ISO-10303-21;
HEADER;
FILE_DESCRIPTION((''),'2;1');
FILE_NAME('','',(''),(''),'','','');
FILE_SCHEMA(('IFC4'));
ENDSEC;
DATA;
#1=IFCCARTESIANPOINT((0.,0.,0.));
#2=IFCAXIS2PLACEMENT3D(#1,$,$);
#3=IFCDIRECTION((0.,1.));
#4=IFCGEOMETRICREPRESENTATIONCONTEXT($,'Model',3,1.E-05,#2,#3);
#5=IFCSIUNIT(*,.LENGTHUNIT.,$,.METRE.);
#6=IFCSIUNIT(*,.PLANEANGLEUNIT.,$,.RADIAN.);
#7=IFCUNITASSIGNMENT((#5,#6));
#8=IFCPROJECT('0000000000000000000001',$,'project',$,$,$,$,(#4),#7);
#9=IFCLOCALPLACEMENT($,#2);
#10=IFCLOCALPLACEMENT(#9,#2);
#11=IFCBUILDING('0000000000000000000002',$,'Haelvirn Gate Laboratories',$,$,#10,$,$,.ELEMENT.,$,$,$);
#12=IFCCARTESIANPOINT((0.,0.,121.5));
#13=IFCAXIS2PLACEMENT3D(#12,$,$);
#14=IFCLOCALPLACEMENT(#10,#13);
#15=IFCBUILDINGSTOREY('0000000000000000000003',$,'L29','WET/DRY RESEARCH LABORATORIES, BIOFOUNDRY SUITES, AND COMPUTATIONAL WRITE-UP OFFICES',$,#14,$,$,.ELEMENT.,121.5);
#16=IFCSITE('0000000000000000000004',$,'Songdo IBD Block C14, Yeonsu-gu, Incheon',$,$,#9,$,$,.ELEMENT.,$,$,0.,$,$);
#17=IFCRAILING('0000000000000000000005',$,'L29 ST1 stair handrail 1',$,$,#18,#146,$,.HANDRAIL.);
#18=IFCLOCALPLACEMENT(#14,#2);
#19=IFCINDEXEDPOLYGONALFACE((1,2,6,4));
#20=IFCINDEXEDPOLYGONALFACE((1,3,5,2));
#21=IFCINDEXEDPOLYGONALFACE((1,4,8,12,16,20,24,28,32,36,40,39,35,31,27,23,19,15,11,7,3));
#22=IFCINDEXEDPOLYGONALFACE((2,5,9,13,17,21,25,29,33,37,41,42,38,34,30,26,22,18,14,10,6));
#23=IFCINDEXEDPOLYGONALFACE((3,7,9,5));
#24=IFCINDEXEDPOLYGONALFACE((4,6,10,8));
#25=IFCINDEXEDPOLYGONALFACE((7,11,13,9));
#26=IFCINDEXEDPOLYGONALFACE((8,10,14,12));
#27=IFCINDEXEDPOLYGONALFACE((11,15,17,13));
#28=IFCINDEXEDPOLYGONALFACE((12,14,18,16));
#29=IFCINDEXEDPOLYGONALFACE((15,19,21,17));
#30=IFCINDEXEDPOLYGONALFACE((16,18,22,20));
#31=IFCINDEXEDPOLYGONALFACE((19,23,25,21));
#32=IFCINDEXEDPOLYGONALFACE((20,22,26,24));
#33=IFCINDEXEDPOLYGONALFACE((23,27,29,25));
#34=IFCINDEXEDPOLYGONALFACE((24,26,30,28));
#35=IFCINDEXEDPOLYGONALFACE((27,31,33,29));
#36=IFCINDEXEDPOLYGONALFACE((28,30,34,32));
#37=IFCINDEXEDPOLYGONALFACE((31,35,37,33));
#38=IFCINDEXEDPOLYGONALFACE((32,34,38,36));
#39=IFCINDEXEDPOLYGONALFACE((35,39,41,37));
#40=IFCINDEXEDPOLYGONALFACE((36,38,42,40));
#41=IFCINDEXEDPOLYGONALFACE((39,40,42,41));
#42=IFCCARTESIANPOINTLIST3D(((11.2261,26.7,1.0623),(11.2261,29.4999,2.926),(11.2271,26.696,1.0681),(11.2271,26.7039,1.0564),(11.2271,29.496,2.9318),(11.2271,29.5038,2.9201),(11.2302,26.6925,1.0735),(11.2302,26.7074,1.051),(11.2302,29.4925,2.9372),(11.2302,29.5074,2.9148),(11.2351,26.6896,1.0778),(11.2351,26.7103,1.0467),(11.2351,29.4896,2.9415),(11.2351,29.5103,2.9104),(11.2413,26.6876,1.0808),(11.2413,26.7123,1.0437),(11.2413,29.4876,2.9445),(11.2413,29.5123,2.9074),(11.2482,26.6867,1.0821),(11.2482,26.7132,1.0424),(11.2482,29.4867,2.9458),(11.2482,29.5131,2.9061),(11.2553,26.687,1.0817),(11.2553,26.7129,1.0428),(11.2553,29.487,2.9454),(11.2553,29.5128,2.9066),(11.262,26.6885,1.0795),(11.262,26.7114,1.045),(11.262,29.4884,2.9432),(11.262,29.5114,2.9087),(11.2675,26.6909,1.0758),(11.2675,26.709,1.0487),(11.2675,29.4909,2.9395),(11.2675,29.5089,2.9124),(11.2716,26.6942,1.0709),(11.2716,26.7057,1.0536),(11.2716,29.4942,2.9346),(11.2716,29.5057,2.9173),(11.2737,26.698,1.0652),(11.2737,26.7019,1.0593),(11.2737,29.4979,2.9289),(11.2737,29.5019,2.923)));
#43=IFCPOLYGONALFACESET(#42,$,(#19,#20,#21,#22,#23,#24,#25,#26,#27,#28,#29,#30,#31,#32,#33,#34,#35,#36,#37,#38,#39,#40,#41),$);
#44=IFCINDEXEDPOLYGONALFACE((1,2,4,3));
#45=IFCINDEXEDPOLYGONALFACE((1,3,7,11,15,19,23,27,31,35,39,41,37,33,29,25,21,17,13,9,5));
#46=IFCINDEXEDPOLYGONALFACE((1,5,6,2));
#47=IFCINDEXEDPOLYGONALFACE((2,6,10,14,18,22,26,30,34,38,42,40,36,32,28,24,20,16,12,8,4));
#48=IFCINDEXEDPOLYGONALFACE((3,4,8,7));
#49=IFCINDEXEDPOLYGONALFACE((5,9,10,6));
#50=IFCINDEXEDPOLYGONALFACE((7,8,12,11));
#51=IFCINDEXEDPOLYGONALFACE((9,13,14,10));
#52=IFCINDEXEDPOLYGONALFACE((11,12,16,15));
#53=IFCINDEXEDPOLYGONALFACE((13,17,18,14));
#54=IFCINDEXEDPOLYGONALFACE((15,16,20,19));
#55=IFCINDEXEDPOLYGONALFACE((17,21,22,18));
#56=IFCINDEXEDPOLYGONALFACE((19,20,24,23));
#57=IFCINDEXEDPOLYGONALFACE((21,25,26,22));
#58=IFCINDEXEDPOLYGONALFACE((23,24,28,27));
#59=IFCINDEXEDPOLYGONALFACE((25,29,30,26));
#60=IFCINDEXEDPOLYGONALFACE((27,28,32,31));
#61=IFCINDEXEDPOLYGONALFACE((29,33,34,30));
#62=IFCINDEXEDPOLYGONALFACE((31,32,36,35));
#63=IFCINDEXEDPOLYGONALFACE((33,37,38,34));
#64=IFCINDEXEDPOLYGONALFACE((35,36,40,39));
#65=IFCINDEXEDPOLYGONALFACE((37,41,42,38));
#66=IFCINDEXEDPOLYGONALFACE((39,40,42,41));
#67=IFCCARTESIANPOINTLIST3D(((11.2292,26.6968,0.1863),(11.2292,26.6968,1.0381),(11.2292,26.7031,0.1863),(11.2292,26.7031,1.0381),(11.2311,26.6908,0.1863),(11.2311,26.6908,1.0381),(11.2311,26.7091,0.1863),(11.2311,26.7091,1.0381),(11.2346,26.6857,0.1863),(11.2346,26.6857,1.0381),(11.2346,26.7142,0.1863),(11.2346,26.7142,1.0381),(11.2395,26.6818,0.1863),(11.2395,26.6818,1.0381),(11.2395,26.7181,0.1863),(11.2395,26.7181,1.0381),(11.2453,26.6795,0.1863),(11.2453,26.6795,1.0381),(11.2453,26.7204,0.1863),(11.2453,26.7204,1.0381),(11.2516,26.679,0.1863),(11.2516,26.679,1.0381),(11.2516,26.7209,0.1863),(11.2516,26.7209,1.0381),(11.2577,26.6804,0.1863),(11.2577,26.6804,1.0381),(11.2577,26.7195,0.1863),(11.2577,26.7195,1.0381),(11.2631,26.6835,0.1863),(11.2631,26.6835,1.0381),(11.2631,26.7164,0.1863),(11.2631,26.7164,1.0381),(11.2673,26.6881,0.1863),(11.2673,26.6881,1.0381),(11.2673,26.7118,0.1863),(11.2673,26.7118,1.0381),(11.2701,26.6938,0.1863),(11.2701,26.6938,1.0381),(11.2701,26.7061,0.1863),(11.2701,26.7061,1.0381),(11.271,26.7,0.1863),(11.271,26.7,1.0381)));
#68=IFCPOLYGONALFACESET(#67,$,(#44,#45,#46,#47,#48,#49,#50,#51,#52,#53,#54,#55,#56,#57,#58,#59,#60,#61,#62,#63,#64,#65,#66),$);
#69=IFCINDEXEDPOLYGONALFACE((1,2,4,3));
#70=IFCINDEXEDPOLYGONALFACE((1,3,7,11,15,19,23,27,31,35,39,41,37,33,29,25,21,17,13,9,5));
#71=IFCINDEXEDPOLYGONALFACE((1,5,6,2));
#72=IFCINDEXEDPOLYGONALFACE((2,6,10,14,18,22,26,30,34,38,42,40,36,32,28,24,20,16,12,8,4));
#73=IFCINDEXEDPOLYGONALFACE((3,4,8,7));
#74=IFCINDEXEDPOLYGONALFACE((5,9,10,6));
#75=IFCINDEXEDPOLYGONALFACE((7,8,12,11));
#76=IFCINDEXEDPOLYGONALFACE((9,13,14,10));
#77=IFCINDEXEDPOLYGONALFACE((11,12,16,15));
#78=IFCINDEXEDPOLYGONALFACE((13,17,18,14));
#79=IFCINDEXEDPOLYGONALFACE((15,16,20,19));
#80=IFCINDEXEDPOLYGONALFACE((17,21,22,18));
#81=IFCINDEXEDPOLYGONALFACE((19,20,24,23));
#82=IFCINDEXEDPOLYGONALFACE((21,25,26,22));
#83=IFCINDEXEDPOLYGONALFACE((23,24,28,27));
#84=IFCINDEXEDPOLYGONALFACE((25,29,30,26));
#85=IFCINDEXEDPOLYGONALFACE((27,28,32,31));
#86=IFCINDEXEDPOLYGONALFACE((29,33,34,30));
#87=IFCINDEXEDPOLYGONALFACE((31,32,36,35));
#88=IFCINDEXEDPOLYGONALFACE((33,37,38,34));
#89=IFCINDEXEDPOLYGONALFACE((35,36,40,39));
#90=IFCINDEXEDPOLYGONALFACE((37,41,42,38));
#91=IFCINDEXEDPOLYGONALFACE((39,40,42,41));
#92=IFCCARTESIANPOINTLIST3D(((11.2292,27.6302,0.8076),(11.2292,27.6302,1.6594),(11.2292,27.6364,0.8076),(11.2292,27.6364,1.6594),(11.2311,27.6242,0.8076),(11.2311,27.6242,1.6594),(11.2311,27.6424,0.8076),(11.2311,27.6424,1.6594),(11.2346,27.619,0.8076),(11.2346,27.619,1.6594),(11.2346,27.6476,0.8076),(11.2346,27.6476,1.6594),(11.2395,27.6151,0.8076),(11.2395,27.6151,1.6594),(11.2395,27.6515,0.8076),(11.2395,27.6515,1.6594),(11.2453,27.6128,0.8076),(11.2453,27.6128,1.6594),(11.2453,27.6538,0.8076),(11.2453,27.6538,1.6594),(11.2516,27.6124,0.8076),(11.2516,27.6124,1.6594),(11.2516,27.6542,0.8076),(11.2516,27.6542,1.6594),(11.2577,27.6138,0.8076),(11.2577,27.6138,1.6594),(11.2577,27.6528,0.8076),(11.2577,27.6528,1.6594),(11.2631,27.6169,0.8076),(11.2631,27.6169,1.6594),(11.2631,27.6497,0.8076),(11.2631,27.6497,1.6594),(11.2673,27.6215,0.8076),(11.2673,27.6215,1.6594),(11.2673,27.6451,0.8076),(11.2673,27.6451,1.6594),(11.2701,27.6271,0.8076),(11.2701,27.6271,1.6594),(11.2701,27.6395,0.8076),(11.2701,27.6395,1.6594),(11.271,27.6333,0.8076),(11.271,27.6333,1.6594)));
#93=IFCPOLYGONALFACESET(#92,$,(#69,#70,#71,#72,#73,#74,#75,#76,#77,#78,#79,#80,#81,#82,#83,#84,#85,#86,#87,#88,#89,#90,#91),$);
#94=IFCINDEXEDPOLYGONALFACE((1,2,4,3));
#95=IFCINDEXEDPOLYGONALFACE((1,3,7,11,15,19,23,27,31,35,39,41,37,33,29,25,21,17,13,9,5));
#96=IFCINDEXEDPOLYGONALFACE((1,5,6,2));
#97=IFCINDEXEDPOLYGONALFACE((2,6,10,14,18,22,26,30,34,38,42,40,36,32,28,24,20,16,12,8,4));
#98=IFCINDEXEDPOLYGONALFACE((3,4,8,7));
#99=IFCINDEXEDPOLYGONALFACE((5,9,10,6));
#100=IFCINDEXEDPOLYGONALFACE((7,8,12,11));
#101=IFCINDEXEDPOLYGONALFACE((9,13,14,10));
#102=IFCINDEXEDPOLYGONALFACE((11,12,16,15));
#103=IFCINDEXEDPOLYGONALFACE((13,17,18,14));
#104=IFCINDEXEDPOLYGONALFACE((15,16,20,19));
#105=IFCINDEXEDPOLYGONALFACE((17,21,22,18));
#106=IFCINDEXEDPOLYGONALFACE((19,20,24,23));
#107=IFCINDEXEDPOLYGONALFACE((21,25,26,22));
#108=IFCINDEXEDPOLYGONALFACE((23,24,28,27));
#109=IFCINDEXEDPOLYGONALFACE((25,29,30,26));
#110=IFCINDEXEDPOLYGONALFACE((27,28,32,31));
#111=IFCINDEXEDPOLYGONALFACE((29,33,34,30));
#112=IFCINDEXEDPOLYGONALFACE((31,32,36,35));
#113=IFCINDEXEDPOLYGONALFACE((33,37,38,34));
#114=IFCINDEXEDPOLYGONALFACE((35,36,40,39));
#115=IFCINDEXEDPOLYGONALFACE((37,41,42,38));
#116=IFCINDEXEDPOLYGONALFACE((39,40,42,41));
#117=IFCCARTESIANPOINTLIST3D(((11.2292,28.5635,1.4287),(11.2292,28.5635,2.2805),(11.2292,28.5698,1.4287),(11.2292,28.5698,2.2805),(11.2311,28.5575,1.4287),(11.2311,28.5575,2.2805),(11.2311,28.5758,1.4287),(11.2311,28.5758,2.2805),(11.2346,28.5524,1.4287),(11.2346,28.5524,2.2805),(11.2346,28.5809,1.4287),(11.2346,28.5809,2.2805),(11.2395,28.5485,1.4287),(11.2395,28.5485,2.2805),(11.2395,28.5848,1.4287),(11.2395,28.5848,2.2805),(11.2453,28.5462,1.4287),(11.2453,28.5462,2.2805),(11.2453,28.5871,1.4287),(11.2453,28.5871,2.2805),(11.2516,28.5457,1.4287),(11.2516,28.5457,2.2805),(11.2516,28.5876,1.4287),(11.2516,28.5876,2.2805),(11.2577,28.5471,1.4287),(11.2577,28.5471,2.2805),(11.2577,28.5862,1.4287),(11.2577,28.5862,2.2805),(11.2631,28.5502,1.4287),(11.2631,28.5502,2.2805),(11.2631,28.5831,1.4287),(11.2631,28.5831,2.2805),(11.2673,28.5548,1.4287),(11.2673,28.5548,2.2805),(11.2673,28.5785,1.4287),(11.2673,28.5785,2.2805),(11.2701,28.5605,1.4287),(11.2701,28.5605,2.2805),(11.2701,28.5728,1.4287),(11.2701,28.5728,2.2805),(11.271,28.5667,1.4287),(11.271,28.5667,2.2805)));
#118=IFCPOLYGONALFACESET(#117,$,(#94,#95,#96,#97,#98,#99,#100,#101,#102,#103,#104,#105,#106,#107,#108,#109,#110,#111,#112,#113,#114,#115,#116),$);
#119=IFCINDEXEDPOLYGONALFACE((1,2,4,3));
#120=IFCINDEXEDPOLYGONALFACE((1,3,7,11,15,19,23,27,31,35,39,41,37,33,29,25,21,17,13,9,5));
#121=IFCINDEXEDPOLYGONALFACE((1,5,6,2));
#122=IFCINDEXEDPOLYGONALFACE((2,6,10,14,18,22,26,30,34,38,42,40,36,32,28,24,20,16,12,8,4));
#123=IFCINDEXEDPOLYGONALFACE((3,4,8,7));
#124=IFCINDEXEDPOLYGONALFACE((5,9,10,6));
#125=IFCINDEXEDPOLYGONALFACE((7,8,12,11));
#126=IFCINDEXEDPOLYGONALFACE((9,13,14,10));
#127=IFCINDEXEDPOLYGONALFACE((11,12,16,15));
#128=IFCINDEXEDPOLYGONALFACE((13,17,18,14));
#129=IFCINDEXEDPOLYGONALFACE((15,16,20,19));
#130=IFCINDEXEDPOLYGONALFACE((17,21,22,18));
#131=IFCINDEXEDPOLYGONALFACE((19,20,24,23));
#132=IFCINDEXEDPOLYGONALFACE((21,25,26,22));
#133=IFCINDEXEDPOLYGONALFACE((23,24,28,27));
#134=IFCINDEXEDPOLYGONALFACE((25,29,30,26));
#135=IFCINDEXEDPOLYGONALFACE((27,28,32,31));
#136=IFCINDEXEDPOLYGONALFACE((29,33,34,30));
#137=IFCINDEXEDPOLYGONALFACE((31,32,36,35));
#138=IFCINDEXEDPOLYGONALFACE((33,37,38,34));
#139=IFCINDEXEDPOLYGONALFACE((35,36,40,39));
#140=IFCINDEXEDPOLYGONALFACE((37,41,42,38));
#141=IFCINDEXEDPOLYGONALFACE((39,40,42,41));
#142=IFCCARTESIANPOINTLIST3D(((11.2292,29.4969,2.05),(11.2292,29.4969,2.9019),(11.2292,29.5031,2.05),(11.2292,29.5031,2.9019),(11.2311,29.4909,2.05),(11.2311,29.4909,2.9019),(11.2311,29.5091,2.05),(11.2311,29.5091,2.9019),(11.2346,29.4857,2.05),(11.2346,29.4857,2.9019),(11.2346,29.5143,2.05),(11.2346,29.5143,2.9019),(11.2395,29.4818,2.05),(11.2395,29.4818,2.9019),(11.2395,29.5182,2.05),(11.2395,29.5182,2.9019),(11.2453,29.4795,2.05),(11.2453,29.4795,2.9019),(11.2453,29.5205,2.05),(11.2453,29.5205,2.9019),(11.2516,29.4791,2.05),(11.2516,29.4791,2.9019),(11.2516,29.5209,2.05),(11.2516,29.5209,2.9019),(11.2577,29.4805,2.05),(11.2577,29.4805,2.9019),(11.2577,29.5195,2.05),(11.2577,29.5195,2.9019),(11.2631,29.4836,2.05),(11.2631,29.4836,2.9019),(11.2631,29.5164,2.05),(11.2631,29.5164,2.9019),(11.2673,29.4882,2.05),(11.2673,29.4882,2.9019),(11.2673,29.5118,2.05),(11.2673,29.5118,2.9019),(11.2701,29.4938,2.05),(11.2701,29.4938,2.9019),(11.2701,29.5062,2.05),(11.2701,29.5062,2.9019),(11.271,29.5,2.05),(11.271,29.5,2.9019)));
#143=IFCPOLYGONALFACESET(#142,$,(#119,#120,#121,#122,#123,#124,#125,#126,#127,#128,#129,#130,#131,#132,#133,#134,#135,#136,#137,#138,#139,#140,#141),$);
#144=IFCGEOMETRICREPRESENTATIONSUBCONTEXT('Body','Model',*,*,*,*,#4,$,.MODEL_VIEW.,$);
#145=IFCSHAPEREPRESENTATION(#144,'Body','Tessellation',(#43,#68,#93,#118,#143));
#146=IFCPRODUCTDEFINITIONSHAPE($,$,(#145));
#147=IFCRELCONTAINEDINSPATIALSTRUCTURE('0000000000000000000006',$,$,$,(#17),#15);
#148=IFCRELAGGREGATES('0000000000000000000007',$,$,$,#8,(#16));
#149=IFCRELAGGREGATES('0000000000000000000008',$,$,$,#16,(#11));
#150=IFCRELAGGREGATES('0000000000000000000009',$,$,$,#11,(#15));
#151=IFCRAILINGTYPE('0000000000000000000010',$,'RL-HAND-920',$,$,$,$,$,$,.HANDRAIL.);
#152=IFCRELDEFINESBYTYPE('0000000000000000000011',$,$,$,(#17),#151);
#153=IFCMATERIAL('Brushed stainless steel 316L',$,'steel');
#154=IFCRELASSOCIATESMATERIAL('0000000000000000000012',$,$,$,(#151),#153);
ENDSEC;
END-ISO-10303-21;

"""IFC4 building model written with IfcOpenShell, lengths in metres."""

from ifc_helpers import new_model, si_unit, direction, frame, origin, origin_2d, place, context, subcontext, project, spatial, circle, extrude, source, transform, mapped, material, type_object, element, save


model = new_model("IFC4")

# Units and contexts
model_context = context("Model", 3, precision=1e-05, world=origin(), true_north=direction((0.0, 1.0)))
body_context = subcontext(model_context, "Body", "Model", "MODEL_VIEW")
ifc_project = project(units=[si_unit("LENGTHUNIT", "METRE"), si_unit("PLANEANGLEUNIT", "RADIAN")], contexts=[model_context])

# Site, building, storey
site_placement = place(None, origin())
site = spatial("IfcSite", under=ifc_project, at=site_placement, Name="Songdo IBD Block C14, Yeonsu-gu, Incheon", CompositionType="ELEMENT", RefElevation=0.0)
building_placement = place(site_placement, origin())
building = spatial("IfcBuilding", under=site, at=building_placement, Name="Haelvirn Gate Laboratories", CompositionType="ELEMENT")
storey_placement = place(building_placement, frame((0.0, 0.0, 121.5)))
storey = spatial("IfcBuildingStorey", under=building, at=storey_placement, Name="L29", Description="WET/DRY RESEARCH LABORATORIES, BIOFOUNDRY SUITES, AND COMPUTATIONAL WRITE-UP OFFICES", CompositionType="ELEMENT", Elevation=121.5)

# Railing
ifc_material_1 = material(Name="Brushed stainless steel 316L", Category="steel")
railing_type_1 = type_object("IfcRailingType", Name="RL-HAND-920", PredefinedType="HANDRAIL", material=ifc_material_1)
shared_shape_1 = source(origin(), body_context, "Body", "SweptSolid", [
    extrude(circle(Radius=0.0239, at=origin_2d()), frame((0.0, 0.0, 0.876), z_axis=(0.0, 0.832452, 0.554097), x_axis=(-1.0, 0.0, 0.0)), (0.0, 0.0, 1.0), 3.3635),
    extrude(circle(Radius=0.021, at=origin_2d()), origin(), (0.0, 0.0, 1.0), 0.8518),
    extrude(circle(Radius=0.021, at=origin_2d()), frame((0.0, 0.9333, 0.6213)), (0.0, 0.0, 1.0), 0.8518),
    extrude(circle(Radius=0.021, at=origin_2d()), frame((0.0, 1.8667, 1.2424)), (0.0, 0.0, 1.0), 0.8518),
    extrude(circle(Radius=0.021, at=origin_2d()), frame((0.0, 2.8, 1.8638)), (0.0, 0.0, 1.0), 0.8518),
])
railing_1_placement = place(storey_placement, frame((11.25, 26.7, 0.1863)))
element("IfcRailing", 1, at=railing_1_placement, inside=storey, type_object=railing_type_1, Name="L29 ST1 stair handrail 1", PredefinedType="HANDRAIL", context=body_context, shape_type="MappedRepresentation", body=[
    mapped(shared_shape_1, transform((0.0, 0.0, 0.0), scale=1.0)),
])

save(model, "model.ifc")
